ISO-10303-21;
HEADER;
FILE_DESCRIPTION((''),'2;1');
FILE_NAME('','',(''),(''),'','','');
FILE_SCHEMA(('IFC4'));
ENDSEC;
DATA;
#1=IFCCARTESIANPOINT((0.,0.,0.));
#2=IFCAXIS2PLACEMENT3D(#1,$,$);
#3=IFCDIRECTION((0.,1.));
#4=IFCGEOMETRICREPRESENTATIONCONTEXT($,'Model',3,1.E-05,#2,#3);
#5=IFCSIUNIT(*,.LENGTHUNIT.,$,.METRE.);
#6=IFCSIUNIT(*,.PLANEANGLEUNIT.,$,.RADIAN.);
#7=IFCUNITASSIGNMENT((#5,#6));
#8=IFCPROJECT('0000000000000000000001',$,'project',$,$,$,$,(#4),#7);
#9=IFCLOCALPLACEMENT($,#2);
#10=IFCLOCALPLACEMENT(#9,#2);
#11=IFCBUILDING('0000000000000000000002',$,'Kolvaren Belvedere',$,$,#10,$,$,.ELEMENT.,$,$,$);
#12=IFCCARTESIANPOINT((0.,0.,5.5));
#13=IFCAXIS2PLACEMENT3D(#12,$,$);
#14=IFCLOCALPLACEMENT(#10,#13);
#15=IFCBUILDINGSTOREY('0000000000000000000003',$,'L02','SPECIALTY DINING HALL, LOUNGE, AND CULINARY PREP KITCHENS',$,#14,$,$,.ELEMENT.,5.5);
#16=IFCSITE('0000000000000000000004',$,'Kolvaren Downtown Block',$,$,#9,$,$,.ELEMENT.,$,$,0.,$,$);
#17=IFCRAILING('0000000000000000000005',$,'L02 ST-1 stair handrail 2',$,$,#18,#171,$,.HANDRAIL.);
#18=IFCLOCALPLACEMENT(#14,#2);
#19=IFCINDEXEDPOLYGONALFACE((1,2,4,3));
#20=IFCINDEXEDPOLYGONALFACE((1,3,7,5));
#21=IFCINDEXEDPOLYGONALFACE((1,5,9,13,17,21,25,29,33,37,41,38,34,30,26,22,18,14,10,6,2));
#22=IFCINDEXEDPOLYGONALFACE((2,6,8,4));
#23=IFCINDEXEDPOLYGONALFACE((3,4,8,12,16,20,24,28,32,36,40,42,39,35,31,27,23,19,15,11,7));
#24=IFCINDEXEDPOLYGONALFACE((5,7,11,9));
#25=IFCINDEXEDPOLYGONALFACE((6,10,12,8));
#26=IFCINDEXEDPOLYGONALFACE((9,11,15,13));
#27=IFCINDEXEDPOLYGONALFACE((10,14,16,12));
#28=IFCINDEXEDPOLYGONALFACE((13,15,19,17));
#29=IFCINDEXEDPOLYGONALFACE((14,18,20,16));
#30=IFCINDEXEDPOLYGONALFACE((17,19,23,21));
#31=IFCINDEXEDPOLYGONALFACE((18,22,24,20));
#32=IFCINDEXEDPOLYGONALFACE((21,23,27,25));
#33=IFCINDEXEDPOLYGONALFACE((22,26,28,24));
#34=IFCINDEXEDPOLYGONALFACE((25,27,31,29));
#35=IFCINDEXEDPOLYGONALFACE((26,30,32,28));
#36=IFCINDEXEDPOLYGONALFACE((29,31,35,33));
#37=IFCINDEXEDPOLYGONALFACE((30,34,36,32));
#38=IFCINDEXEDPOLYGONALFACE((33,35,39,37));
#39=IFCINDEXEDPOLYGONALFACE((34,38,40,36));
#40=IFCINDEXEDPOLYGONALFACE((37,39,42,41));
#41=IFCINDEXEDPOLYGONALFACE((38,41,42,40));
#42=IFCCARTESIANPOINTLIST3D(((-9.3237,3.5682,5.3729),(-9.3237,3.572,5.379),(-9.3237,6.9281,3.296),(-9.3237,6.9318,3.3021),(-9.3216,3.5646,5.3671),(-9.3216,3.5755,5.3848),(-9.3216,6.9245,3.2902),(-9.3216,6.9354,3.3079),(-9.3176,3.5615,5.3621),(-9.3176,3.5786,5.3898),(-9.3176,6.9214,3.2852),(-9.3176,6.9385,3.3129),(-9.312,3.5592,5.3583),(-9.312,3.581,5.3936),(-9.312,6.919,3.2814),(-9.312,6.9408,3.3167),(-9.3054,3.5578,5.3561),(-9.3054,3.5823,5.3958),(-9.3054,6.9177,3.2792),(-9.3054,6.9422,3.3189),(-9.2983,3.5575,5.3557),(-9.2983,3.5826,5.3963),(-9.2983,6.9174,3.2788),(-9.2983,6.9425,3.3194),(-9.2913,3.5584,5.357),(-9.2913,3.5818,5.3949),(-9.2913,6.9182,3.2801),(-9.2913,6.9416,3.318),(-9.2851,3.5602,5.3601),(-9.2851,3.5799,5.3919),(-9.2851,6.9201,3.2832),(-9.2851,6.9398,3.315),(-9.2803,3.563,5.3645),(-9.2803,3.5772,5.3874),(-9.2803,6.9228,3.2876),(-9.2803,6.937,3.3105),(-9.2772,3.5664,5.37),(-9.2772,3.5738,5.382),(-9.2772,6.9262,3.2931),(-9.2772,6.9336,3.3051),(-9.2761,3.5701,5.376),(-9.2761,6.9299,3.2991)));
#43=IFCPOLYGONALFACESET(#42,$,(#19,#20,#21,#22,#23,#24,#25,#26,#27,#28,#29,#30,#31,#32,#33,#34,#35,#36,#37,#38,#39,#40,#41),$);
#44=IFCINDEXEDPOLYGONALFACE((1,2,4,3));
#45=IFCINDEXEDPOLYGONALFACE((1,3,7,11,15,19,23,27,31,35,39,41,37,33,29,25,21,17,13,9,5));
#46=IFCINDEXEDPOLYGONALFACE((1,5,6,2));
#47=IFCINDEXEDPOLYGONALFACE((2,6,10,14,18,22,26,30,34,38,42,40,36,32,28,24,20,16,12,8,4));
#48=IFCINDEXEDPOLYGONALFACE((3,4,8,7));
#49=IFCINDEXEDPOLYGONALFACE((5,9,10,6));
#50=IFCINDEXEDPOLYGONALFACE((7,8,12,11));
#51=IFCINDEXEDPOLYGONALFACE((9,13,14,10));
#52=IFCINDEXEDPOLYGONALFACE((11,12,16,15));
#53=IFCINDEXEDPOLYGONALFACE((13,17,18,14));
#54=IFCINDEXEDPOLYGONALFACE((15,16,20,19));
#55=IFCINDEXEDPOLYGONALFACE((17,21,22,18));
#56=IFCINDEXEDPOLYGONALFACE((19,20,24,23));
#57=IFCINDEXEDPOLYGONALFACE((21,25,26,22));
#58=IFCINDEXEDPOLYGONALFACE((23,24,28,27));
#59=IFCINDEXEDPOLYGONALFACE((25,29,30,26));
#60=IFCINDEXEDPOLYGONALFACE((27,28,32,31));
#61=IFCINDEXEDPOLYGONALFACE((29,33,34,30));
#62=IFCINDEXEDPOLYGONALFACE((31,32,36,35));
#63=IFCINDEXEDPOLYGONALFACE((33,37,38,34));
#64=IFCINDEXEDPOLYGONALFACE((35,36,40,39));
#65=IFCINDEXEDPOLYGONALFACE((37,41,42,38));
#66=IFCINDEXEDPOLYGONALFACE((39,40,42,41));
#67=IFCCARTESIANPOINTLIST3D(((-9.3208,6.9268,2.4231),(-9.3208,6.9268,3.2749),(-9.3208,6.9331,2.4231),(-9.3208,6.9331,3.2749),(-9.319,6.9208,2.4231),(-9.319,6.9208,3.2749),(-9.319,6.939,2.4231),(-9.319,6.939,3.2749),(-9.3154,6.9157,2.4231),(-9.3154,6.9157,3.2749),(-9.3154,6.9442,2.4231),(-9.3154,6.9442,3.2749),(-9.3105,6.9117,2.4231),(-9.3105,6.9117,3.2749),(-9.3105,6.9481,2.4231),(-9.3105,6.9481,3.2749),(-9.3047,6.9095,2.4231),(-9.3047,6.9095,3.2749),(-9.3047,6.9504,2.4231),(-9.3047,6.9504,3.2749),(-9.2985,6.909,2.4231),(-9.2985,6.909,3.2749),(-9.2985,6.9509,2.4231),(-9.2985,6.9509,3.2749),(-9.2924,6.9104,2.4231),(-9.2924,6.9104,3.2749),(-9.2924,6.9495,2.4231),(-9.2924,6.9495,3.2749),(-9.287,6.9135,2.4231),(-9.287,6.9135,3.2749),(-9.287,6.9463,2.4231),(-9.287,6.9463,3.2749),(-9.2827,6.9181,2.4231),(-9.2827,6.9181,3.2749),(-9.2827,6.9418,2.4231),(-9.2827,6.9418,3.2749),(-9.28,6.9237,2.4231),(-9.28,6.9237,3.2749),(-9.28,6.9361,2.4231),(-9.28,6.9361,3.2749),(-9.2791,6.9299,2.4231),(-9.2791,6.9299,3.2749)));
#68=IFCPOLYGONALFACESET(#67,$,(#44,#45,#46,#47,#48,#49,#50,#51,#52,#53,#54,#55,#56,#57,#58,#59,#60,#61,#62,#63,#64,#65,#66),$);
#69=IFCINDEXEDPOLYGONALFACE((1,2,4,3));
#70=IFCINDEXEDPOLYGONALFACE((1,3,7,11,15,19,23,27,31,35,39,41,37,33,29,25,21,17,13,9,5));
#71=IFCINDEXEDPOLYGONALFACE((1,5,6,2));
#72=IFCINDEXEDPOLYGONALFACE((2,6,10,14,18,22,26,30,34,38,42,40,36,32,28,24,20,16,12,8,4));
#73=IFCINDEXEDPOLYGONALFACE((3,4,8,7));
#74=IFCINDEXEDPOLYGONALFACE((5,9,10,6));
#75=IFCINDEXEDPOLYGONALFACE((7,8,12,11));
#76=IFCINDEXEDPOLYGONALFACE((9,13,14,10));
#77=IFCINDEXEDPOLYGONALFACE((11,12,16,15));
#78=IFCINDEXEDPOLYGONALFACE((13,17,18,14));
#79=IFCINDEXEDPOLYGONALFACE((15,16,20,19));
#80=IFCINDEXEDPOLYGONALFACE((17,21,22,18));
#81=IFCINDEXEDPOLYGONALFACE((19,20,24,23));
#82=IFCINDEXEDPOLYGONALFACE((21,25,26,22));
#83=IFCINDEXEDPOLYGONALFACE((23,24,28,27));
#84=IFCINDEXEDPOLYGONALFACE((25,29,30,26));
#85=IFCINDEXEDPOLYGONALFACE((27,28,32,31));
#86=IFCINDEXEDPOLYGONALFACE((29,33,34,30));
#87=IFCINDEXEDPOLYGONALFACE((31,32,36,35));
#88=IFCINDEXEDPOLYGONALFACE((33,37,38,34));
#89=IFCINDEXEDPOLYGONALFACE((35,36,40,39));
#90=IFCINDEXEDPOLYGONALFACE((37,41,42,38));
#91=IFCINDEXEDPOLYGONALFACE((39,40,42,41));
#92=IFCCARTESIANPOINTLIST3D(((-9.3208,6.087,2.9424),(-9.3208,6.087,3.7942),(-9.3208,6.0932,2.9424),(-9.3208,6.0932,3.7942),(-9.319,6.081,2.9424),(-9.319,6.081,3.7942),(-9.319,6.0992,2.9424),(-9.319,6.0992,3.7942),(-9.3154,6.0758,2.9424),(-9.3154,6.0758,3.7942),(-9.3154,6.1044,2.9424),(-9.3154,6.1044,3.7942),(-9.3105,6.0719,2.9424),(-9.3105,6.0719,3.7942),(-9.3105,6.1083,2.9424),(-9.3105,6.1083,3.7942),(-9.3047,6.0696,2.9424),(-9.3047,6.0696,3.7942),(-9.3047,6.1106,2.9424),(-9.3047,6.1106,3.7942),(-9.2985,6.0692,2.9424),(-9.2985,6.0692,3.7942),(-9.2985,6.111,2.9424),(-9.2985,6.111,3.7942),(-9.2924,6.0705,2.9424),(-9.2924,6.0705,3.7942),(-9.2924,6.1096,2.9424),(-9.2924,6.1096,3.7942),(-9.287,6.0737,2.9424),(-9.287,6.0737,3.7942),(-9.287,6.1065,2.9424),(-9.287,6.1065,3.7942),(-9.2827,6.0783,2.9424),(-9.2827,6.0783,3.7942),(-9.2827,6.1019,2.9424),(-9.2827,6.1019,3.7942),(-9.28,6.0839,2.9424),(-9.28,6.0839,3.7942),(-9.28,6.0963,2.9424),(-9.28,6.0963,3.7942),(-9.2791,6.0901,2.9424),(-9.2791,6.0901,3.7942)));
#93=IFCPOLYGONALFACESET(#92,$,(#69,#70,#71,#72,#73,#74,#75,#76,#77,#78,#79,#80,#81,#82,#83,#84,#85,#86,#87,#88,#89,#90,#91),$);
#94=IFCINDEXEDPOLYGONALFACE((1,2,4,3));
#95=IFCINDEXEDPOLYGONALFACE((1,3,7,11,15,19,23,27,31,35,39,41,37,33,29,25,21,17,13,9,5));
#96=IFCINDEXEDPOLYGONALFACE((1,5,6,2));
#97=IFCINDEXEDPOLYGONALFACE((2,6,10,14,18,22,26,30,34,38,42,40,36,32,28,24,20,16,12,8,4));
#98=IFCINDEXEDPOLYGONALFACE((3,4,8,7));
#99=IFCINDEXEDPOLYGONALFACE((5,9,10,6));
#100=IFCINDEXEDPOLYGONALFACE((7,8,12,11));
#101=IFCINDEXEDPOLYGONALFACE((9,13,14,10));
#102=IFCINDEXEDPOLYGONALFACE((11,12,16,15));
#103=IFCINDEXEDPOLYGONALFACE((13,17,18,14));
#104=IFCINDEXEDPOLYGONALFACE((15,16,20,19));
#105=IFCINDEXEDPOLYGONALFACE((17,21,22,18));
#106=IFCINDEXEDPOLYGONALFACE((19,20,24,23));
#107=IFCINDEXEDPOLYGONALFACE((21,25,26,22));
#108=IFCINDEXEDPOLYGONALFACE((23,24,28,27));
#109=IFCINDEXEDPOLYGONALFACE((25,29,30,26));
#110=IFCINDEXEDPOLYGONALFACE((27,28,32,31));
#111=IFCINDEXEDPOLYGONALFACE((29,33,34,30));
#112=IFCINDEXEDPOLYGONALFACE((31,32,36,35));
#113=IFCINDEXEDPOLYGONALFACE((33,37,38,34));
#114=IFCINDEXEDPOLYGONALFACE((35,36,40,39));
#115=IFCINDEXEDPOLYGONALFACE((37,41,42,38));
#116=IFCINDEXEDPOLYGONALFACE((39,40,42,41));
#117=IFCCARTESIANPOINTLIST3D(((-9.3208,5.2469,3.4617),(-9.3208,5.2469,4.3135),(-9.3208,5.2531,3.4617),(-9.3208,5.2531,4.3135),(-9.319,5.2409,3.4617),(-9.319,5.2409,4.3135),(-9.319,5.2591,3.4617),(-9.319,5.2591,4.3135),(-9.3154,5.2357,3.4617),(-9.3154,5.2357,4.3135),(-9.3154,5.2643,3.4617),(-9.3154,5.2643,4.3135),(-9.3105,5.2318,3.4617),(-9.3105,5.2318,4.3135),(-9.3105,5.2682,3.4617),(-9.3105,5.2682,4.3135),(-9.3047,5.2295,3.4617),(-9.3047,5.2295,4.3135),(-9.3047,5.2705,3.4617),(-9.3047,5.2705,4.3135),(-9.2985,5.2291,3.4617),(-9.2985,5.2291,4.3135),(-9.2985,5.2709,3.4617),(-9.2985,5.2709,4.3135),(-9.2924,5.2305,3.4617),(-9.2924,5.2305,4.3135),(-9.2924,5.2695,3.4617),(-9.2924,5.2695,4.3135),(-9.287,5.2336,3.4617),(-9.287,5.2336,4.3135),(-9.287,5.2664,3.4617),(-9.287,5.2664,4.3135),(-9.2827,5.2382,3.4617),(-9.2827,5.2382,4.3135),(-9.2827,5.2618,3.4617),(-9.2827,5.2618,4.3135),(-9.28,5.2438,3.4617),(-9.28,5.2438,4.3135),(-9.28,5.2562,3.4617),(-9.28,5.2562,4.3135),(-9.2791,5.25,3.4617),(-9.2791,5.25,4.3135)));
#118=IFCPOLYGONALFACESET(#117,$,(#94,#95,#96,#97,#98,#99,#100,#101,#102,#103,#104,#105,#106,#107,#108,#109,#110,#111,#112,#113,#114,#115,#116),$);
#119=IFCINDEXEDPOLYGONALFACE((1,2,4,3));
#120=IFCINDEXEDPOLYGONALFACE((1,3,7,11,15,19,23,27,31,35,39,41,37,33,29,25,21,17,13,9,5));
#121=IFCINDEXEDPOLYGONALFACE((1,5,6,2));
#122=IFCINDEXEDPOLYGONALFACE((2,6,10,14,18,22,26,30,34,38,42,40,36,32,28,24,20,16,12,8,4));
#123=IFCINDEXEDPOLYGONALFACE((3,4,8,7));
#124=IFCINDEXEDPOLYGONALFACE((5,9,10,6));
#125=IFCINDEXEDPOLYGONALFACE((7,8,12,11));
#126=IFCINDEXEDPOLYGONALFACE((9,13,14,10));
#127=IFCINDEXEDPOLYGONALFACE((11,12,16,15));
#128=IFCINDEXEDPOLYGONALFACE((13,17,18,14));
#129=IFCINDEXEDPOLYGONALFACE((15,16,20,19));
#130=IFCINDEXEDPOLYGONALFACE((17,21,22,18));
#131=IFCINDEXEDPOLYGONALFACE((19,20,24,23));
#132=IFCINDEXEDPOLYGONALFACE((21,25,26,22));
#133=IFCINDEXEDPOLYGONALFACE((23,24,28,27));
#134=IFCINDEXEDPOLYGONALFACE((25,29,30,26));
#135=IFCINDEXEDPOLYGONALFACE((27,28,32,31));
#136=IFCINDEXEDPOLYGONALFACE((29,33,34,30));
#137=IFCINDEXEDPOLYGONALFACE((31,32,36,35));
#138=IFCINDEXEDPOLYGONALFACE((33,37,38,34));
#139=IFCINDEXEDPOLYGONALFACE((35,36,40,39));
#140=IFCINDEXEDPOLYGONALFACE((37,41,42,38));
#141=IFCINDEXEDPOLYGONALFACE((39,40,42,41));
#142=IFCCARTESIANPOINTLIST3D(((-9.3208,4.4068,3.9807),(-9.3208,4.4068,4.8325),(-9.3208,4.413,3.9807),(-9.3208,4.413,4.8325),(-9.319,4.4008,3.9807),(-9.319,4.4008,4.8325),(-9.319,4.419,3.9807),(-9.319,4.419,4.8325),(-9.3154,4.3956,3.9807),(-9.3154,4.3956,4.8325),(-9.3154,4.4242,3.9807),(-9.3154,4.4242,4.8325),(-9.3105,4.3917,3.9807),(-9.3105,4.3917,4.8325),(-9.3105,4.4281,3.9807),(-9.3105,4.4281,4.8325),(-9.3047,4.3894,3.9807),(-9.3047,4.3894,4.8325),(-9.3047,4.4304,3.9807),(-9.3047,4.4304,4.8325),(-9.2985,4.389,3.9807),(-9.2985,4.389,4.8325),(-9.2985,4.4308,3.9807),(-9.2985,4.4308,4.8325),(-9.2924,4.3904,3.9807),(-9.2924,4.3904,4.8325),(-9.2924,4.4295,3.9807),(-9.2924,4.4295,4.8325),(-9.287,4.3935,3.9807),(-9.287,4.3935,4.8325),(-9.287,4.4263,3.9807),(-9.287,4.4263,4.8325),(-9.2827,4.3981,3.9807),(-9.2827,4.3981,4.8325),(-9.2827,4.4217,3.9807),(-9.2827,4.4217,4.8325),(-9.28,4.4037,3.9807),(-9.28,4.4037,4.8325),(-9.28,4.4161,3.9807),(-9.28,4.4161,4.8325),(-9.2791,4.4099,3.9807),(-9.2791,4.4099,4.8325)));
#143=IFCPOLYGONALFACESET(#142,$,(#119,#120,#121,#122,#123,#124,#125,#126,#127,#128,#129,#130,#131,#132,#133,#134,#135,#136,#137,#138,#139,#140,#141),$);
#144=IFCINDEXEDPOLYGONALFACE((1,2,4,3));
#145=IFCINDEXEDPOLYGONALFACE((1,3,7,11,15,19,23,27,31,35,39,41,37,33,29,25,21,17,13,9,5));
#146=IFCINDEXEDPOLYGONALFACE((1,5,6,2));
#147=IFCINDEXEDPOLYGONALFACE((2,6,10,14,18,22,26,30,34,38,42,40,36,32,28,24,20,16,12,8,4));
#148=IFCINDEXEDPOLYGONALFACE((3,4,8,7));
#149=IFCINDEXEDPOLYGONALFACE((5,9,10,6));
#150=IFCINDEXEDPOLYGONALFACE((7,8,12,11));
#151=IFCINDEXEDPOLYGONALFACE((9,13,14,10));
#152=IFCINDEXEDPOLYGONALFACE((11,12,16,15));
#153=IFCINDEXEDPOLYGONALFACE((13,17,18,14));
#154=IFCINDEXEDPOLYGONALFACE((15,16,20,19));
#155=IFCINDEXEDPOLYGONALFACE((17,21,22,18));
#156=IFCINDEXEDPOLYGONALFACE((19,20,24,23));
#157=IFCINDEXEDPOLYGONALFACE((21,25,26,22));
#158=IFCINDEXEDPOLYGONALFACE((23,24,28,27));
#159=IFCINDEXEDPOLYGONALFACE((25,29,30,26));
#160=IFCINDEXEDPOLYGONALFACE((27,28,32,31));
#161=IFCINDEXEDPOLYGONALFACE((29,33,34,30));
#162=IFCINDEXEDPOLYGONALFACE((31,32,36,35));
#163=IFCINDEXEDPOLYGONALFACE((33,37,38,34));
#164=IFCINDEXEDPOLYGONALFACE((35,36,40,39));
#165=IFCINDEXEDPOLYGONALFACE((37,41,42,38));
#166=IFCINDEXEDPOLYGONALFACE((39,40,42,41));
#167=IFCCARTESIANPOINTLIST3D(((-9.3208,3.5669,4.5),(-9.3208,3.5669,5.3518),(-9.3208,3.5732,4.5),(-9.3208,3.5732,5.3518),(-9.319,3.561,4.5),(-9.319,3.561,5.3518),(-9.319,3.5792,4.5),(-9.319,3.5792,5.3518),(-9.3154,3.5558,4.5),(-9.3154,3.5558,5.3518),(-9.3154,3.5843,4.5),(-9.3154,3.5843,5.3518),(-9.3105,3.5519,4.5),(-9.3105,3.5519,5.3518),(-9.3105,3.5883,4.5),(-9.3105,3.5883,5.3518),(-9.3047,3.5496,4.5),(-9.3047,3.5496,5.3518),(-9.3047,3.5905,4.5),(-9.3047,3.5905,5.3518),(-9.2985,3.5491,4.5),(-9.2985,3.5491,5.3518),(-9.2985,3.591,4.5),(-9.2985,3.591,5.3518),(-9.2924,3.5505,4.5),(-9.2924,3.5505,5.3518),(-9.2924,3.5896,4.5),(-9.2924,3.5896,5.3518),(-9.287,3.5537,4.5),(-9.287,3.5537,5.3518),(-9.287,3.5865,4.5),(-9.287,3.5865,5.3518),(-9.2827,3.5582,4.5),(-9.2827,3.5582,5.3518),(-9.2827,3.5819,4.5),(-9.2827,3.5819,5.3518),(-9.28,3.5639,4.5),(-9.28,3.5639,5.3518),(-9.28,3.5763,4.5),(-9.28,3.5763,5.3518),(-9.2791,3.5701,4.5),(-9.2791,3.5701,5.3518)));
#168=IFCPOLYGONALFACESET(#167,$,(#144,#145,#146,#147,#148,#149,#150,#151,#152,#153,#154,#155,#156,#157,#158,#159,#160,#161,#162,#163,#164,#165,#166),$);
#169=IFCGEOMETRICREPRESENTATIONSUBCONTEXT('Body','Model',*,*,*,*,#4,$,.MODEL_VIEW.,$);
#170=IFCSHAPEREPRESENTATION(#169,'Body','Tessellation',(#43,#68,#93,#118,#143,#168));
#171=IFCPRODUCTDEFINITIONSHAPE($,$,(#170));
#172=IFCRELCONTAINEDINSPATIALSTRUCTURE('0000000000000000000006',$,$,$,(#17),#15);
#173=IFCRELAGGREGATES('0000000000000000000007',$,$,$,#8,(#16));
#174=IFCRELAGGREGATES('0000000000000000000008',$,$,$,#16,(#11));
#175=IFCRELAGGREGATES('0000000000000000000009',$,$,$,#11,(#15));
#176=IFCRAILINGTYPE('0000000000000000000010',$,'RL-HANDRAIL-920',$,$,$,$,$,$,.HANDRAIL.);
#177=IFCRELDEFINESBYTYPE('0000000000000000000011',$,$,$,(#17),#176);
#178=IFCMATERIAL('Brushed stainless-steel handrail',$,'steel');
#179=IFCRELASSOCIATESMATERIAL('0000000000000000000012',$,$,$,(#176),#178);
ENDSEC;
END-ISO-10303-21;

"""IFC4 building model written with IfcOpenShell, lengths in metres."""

from ifc_helpers import new_model, si_unit, direction, frame, origin, origin_2d, place, context, subcontext, project, spatial, circle, extrude, material, type_object, element, save


model = new_model("IFC4")

# Units and contexts
model_context = context("Model", 3, precision=1e-05, world=origin(), true_north=direction((0.0, 1.0)))
body_context = subcontext(model_context, "Body", "Model", "MODEL_VIEW")
ifc_project = project(units=[si_unit("LENGTHUNIT", "METRE"), si_unit("PLANEANGLEUNIT", "RADIAN")], contexts=[model_context])

# Site, building, storey
site_placement = place(None, origin())
site = spatial("IfcSite", under=ifc_project, at=site_placement, Name="Kolvaren Downtown Block", CompositionType="ELEMENT", RefElevation=0.0)
building_placement = place(site_placement, origin())
building = spatial("IfcBuilding", under=site, at=building_placement, Name="Kolvaren Belvedere", CompositionType="ELEMENT")
storey_placement = place(building_placement, frame((0.0, 0.0, 5.5)))
storey = spatial("IfcBuildingStorey", under=building, at=storey_placement, Name="L02", Description="SPECIALTY DINING HALL, LOUNGE, AND CULINARY PREP KITCHENS", CompositionType="ELEMENT", Elevation=5.5)

# Railing
ifc_material_1 = material(Name="Brushed stainless-steel handrail", Category="steel")
railing_type_1 = type_object("IfcRailingType", Name="RL-HANDRAIL-920", PredefinedType="HANDRAIL", material=ifc_material_1)
railing_1_placement = place(storey_placement, frame((-9.3, 6.9299, 2.4231)))
element("IfcRailing", 1, at=railing_1_placement, inside=storey, type_object=railing_type_1, Name="L02 ST-1 stair handrail 2", PredefinedType="HANDRAIL", context=body_context, shape_type="SweptSolid", body=[
    extrude(circle(Radius=0.0239, at=origin_2d()), frame((0.0, 0.0, 0.876), z_axis=(0.0, -0.850606, 0.525803), x_axis=(1.0, 0.0, 0.0)), (0.0, 0.0, 1.0), 3.95),
    extrude(circle(Radius=0.021, at=origin_2d()), origin(), (0.0, 0.0, 1.0), 0.8518),
    extrude(circle(Radius=0.021, at=origin_2d()), frame((0.0, -0.8398, 0.5193)), (0.0, 0.0, 1.0), 0.8518),
    extrude(circle(Radius=0.021, at=origin_2d()), frame((0.0, -1.6799, 1.0386)), (0.0, 0.0, 1.0), 0.8518),
    extrude(circle(Radius=0.021, at=origin_2d()), frame((0.0, -2.52, 1.5576)), (0.0, 0.0, 1.0), 0.8518),
    extrude(circle(Radius=0.021, at=origin_2d()), frame((0.0, -3.3599, 2.0769)), (0.0, 0.0, 1.0), 0.8518),
])

save(model, "model.ifc")
